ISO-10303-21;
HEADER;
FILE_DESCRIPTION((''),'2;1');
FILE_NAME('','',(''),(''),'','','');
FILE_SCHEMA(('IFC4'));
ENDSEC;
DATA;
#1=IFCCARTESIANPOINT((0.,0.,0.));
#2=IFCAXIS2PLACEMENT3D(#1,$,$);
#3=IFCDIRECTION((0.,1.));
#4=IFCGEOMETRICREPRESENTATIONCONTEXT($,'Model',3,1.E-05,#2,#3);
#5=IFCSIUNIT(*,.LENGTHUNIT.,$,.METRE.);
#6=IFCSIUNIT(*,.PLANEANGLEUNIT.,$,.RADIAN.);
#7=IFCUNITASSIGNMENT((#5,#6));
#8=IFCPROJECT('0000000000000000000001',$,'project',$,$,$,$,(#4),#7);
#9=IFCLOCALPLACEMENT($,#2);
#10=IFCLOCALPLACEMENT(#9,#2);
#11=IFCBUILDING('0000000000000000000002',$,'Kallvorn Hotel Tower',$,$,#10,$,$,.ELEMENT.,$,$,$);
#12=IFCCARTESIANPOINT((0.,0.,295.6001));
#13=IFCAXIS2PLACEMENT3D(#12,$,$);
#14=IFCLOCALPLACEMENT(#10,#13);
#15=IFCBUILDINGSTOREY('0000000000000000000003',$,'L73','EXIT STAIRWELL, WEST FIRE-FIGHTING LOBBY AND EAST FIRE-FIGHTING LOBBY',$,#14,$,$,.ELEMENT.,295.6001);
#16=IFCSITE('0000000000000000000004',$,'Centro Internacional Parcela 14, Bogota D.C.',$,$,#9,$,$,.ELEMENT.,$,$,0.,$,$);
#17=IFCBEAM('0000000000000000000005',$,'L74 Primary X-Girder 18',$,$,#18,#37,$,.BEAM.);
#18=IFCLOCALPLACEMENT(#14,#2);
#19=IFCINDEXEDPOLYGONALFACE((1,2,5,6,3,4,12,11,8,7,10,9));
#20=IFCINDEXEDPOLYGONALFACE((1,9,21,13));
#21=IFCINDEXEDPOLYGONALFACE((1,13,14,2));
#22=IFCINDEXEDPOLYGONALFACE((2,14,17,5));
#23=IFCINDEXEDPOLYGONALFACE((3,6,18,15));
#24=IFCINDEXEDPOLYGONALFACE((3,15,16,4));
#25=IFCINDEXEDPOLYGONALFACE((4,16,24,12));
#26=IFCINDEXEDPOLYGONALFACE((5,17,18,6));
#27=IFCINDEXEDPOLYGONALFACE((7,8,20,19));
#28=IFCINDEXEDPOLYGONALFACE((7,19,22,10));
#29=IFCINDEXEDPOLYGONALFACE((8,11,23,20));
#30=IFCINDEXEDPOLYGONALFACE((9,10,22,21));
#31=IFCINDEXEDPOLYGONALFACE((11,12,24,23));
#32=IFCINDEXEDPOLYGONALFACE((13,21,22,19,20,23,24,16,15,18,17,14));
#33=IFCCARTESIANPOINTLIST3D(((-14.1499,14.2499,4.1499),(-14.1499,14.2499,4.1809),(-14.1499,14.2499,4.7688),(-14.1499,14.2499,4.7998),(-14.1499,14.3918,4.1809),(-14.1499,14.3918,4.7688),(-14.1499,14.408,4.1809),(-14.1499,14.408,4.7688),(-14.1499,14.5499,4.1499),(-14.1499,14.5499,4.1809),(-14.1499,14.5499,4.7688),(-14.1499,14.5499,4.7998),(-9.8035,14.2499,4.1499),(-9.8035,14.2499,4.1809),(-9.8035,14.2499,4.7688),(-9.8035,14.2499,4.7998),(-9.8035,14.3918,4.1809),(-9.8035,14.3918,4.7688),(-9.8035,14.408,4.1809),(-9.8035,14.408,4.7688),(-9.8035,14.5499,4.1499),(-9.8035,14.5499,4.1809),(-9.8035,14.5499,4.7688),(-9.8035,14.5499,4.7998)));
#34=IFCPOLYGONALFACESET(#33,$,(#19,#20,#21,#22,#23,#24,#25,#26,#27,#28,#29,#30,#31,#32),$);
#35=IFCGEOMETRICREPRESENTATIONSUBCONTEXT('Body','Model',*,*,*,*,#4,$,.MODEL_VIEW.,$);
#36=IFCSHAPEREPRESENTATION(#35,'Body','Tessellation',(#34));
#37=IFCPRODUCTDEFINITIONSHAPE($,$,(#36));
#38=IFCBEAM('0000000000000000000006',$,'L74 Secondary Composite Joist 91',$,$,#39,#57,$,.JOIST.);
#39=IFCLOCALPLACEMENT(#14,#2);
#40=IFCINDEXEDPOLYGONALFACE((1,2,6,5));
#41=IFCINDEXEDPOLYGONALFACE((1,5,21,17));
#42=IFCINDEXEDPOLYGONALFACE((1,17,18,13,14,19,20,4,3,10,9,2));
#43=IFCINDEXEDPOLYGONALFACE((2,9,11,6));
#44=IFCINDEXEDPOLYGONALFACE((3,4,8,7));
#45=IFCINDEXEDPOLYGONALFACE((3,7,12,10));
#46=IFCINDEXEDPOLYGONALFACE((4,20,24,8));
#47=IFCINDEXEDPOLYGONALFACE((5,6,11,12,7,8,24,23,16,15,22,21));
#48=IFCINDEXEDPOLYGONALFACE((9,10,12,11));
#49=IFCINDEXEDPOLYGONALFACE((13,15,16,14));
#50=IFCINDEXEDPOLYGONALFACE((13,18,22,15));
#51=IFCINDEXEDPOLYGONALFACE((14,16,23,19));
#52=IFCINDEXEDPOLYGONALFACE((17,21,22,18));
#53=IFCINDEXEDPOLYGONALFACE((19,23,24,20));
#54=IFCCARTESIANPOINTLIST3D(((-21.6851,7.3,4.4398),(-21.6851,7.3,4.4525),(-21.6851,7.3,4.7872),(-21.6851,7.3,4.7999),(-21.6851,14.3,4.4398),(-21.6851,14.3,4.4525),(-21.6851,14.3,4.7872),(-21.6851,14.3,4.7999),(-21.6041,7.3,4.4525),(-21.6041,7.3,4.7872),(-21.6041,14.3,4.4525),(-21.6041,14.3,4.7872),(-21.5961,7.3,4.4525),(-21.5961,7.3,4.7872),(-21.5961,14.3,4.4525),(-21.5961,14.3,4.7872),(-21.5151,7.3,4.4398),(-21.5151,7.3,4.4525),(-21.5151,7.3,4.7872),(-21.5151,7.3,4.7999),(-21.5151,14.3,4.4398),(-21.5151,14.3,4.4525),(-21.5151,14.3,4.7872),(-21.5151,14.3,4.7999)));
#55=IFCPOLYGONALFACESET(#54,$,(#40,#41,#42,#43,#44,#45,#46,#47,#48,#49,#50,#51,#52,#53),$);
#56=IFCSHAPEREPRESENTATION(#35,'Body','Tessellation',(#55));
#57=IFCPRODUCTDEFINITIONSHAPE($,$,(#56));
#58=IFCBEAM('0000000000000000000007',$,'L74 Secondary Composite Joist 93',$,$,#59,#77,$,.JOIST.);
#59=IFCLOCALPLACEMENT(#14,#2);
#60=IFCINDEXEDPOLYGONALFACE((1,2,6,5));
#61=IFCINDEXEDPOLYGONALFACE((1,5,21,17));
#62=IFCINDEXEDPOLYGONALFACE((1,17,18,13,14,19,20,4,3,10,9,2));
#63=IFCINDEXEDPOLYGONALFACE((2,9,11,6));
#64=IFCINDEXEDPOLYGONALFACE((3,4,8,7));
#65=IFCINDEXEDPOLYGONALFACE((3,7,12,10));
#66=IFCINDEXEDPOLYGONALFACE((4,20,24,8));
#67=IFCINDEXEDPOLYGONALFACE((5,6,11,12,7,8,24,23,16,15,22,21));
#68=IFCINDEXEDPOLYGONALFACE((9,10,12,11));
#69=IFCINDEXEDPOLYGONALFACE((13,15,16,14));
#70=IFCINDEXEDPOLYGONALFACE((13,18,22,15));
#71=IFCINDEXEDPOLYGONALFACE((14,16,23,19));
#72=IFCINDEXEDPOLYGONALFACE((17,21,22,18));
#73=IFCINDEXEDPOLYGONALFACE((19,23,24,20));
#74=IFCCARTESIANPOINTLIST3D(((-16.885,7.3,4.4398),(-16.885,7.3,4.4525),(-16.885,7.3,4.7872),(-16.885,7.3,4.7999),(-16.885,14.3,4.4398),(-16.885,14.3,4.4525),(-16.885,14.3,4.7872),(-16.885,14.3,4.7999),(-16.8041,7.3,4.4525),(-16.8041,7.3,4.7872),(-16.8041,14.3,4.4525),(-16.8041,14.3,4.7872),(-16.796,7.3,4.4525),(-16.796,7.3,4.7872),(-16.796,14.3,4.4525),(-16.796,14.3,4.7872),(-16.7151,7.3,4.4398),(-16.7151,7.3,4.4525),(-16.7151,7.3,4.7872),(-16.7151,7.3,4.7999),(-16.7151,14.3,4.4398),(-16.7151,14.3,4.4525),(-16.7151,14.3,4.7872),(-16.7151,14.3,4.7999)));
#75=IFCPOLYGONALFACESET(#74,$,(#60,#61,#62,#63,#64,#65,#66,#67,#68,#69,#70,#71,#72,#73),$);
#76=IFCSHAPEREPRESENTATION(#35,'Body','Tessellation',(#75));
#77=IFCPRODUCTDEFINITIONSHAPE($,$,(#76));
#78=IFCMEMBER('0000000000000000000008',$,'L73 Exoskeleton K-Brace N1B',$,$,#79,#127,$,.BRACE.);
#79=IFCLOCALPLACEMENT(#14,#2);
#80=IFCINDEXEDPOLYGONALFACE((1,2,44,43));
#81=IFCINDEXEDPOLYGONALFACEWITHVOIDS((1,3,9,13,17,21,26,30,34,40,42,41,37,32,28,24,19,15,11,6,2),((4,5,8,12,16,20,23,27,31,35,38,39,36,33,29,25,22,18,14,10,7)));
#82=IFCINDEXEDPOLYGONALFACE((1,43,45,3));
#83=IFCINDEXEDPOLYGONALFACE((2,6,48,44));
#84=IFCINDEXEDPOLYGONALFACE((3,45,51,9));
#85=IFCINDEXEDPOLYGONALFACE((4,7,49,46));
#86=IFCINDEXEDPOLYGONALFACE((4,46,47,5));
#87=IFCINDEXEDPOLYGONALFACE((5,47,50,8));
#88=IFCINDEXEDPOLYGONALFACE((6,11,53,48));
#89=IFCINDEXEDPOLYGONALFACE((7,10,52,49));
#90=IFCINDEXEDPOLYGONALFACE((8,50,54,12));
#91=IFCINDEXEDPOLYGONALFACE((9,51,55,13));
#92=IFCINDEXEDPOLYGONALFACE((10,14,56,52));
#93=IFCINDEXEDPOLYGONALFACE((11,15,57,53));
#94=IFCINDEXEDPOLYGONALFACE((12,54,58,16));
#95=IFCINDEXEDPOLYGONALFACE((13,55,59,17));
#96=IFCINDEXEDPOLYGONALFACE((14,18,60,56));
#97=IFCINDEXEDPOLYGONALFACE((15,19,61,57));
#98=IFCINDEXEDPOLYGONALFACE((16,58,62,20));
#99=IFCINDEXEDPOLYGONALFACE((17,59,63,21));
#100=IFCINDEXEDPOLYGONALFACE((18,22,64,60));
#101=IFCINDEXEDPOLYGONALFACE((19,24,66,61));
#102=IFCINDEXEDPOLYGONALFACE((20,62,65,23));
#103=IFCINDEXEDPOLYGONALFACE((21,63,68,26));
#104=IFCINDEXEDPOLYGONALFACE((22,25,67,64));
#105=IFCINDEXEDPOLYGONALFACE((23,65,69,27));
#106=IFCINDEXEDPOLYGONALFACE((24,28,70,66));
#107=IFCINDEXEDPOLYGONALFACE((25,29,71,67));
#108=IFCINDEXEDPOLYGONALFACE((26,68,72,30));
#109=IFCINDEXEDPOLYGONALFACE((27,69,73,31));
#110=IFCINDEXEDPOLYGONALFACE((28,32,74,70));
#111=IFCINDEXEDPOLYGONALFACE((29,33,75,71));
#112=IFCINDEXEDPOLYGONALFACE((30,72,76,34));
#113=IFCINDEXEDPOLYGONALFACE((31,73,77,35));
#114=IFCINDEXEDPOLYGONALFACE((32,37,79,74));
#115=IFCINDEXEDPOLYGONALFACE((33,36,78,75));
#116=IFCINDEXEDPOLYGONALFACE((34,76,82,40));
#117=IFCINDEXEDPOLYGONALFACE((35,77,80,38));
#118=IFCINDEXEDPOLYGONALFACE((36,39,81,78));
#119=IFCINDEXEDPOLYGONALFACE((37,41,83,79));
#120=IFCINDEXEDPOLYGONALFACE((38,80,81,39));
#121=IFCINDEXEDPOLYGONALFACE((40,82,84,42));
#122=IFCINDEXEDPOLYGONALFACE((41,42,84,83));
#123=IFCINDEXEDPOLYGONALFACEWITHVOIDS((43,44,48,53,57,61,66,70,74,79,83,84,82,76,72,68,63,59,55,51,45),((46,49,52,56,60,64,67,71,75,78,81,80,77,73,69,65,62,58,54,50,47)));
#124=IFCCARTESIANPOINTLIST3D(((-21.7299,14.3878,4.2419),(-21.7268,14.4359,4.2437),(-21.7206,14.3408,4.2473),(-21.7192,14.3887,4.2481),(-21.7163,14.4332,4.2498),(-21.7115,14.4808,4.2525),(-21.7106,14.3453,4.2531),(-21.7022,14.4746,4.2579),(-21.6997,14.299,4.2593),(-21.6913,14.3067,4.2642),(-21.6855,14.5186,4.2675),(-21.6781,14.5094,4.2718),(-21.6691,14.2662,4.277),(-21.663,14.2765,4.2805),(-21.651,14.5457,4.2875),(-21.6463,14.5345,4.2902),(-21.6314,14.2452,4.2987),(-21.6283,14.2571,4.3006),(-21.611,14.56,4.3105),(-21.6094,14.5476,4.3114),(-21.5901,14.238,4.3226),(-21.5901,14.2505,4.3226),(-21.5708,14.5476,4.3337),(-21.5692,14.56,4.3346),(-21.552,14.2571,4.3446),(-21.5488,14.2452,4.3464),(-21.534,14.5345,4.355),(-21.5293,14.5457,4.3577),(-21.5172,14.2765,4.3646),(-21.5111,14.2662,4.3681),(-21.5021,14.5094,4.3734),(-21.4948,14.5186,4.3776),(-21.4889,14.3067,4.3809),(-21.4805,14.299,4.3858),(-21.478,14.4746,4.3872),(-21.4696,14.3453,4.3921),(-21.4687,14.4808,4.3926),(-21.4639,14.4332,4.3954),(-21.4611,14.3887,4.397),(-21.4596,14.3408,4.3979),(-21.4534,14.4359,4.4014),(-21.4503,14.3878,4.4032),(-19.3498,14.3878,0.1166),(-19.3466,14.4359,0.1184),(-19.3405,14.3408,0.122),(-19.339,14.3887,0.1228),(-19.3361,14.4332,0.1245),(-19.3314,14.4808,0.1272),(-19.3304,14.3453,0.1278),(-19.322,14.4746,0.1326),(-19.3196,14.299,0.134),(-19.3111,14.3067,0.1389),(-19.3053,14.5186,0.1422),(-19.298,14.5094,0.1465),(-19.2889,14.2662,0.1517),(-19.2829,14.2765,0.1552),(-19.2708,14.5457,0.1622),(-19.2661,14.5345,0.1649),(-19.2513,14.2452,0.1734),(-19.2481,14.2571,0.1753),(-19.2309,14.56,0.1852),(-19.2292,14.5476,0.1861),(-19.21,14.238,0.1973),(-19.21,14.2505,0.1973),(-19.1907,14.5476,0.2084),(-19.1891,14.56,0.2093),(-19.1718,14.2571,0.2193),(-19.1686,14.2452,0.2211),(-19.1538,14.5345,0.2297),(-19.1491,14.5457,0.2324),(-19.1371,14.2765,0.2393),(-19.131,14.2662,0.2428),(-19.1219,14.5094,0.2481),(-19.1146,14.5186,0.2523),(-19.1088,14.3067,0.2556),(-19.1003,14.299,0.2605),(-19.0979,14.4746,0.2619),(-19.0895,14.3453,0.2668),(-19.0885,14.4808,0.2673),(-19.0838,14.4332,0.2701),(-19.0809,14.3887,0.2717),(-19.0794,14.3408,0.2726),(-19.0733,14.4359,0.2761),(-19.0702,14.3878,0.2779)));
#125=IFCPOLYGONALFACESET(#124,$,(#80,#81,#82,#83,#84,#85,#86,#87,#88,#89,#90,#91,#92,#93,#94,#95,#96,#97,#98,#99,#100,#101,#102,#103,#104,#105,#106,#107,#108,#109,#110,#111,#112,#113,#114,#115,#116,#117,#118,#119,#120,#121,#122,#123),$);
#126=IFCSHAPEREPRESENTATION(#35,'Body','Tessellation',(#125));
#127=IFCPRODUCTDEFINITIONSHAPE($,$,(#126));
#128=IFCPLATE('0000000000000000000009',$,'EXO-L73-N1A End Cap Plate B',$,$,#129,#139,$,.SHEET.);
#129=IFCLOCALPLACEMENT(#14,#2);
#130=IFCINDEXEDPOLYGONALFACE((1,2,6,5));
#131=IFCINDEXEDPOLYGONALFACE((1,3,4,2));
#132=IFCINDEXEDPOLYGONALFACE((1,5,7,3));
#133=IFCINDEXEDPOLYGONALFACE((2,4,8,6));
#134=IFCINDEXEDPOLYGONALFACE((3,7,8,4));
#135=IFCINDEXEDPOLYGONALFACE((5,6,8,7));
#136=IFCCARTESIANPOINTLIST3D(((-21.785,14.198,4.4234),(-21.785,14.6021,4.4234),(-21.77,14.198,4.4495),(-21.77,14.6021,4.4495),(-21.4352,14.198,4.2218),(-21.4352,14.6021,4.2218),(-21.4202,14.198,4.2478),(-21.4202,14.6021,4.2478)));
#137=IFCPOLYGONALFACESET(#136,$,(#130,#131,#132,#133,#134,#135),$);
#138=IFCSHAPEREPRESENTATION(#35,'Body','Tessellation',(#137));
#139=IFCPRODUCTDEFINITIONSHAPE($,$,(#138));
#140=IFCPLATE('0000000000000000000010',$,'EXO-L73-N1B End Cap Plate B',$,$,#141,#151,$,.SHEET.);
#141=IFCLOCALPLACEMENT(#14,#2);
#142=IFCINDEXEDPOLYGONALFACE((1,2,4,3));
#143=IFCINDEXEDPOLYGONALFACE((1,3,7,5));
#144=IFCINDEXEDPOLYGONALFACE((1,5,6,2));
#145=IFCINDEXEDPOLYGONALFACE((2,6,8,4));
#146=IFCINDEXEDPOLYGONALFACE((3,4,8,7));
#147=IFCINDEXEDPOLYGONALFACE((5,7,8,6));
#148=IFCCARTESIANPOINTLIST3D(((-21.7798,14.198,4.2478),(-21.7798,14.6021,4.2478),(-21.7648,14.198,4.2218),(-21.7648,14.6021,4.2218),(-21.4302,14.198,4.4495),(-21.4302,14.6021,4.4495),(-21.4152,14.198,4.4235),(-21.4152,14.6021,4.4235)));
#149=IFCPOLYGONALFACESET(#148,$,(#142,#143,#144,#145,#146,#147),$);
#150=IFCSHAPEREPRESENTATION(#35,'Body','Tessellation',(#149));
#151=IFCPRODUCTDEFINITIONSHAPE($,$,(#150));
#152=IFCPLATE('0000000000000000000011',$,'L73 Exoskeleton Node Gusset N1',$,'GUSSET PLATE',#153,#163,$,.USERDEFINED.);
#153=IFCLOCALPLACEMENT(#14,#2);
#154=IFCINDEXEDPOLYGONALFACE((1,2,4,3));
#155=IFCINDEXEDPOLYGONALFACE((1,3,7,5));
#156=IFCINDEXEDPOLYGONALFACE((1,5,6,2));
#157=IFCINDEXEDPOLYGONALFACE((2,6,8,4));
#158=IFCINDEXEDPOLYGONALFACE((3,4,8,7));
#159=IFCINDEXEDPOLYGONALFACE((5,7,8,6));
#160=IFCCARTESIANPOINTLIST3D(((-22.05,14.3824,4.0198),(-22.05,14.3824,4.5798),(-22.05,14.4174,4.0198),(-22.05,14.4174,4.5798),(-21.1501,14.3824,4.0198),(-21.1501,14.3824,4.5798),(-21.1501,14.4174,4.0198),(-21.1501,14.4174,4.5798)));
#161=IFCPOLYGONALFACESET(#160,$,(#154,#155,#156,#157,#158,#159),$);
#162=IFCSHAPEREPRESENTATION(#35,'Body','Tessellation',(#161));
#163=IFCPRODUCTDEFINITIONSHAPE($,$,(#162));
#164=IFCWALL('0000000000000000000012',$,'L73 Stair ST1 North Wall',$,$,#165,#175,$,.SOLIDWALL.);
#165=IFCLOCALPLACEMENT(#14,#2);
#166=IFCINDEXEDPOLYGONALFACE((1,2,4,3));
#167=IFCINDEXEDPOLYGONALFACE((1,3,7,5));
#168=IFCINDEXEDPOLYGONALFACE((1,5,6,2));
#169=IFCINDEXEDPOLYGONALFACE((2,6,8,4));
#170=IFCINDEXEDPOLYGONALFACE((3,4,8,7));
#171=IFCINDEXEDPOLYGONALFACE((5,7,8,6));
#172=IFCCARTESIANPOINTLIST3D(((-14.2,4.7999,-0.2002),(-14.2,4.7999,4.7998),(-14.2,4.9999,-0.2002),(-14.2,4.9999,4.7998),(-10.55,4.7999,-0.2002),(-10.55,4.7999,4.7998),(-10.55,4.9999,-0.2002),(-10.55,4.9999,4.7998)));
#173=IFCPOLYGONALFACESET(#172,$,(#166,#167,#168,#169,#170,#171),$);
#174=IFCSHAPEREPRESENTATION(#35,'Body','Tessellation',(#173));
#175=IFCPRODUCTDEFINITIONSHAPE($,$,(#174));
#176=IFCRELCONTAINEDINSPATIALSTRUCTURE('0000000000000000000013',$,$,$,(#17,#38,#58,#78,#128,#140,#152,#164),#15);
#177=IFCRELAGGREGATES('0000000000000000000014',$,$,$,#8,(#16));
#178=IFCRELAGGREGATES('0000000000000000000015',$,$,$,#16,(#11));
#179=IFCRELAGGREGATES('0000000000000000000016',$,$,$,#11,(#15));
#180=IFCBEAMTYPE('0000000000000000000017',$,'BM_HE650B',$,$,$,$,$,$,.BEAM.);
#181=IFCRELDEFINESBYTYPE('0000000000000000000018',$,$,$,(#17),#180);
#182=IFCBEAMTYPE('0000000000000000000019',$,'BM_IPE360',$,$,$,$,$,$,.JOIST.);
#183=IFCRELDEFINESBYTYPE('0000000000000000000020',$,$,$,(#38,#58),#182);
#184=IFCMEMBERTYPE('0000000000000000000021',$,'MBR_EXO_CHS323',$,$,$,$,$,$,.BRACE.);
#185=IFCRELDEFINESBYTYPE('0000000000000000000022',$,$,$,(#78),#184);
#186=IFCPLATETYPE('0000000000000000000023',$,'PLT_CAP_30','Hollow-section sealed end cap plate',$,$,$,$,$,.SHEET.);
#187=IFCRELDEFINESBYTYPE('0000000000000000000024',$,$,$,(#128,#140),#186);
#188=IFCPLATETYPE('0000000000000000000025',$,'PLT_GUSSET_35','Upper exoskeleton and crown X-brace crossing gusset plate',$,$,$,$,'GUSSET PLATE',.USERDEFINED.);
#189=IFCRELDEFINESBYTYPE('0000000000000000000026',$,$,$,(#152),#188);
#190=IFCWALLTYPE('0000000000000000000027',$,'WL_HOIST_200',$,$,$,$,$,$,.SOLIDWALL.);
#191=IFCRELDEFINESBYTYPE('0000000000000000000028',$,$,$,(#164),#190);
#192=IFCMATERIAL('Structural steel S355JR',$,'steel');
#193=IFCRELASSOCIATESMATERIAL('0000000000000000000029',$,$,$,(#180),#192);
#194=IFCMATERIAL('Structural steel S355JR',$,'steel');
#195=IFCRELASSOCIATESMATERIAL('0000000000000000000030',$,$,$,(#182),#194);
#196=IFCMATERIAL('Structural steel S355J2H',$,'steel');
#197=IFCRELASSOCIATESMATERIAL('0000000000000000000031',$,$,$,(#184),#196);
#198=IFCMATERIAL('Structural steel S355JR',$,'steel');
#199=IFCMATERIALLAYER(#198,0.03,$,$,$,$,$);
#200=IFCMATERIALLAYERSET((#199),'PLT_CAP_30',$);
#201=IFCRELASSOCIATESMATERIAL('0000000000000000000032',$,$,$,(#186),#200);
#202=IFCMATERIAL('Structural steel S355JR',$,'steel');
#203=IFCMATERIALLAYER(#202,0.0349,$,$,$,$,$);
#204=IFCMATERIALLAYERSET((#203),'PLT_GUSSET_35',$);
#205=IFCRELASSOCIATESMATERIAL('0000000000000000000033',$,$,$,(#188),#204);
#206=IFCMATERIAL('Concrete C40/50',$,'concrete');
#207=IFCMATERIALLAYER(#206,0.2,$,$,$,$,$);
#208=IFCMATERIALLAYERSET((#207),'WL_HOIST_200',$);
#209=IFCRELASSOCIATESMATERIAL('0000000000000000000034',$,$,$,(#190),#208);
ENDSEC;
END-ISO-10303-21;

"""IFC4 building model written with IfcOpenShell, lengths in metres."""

from ifc_helpers import new_model, si_unit, direction, frame, frame_2d, origin, origin_2d, place, context, subcontext, project, spatial, polyline, rectangle, hollow_circle, i_section, outline, extrude, material, layer, layer_set, material_profile, profile_set, type_object, element, save


model = new_model("IFC4")

# Units and contexts
model_context = context("Model", 3, precision=1e-05, world=origin(), true_north=direction((0.0, 1.0)))
body_context = subcontext(model_context, "Body", "Model", "MODEL_VIEW")
ifc_project = project(units=[si_unit("LENGTHUNIT", "METRE"), si_unit("PLANEANGLEUNIT", "RADIAN")], contexts=[model_context])

# Site, building, storey
site_placement = place(None, origin())
site = spatial("IfcSite", under=ifc_project, at=site_placement, Name="Centro Internacional Parcela 14, Bogota D.C.", CompositionType="ELEMENT", RefElevation=0.0)
building_placement = place(site_placement, origin())
building = spatial("IfcBuilding", under=site, at=building_placement, Name="Kallvorn Hotel Tower", CompositionType="ELEMENT")
storey_placement = place(building_placement, frame((0.0, 0.0, 295.6001)))
storey = spatial("IfcBuildingStorey", under=building, at=storey_placement, Name="L73", Description="EXIT STAIRWELL, WEST FIRE-FIGHTING LOBBY AND EAST FIRE-FIGHTING LOBBY", CompositionType="ELEMENT", Elevation=295.6001)

# Beams
ifc_material_1 = material(Name="Structural steel S355JR", Category="steel")
ifc_material_profile_1 = material_profile(ifc_material_1, i_section(OverallWidth=0.3, OverallDepth=0.6499, WebThickness=0.0161, FlangeThickness=0.031, at=origin_2d()), Name="HE 650 B")
ifc_profile_set_1 = profile_set([ifc_material_profile_1], Name="Structural steel S355JR")
beam_type_1 = type_object("IfcBeamType", Name="BM_HE650B", PredefinedType="BEAM", material=ifc_profile_set_1)
beam_1_placement = place(storey_placement, frame((-14.1499, 14.3999, 4.4749), z_axis=(1.0, 0.0, 0.0), x_axis=(0.0, 1.0, 0.0)))
element("IfcBeam", 1, at=beam_1_placement, inside=storey, type_object=beam_type_1, Name="L74 Primary X-Girder 18", PredefinedType="BEAM", context=body_context, shape_type="SweptSolid", body=[
    extrude(i_section(OverallWidth=0.3, OverallDepth=0.6499, WebThickness=0.0161, FlangeThickness=0.031, at=origin_2d()), origin(), (0.0, 0.0, 1.0), 4.3464),
])
ifc_material_2 = material(Name="Structural steel S355JR", Category="steel")
ifc_material_profile_2 = material_profile(ifc_material_2, i_section(OverallWidth=0.1699, OverallDepth=0.3601, WebThickness=0.0081, FlangeThickness=0.0127, at=origin_2d()), Name="IPE 360")
ifc_profile_set_2 = profile_set([ifc_material_profile_2], Name="Structural steel S355JR")
beam_type_2 = type_object("IfcBeamType", Name="BM_IPE360", PredefinedType="JOIST", material=ifc_profile_set_2)
for number, where, z_axis, x_axis, name in (
    (2, (-21.6001, 7.3, 4.6199), (0.0, 1.0, 0.0), (-1.0, 0.0, 0.0), "L74 Secondary Composite Joist 91"),
    (3, (-16.8, 7.3, 4.6199), (0.0, 1.0, 0.0), (-1.0, 0.0, 0.0), "L74 Secondary Composite Joist 93"),
):
    element("IfcBeam", number, at=place(storey_placement, frame(where, z_axis=z_axis, x_axis=x_axis)), inside=storey, type_object=beam_type_2, Name=name, PredefinedType="JOIST", context=body_context, shape_type="SweptSolid", body=[
        extrude(i_section(OverallWidth=0.1699, OverallDepth=0.3601, WebThickness=0.0081, FlangeThickness=0.0127, at=origin_2d()), origin(), (0.0, 0.0, 1.0), 7.0),
    ])

# Member
ifc_material_3 = material(Name="Structural steel S355J2H", Category="steel")
ifc_material_profile_3 = material_profile(ifc_material_3, hollow_circle(Radius=0.1619, WallThickness=0.0125, at=origin_2d()), Name="CHS 323.9x12.5")
ifc_profile_set_3 = profile_set([ifc_material_profile_3], Name="Structural steel S355J2H")
member_type = type_object("IfcMemberType", Name="MBR_EXO_CHS323", PredefinedType="BRACE", material=ifc_profile_set_3)
member_placement = place(storey_placement, frame((-19.21, 14.3999, 0.1973), z_axis=(-0.499751, 0.0, 0.866169), x_axis=(0.0, -1.0, 0.0)))
element("IfcMember", 4, at=member_placement, inside=storey, type_object=member_type, Name="L73 Exoskeleton K-Brace N1B", PredefinedType="BRACE", context=body_context, shape_type="SweptSolid", body=[
    extrude(hollow_circle(Radius=0.1619, WallThickness=0.0125, at=origin_2d()), origin(), (0.0, 0.0, 1.0), 4.7627),
])

# Plates
ifc_material_4 = material(Name="Structural steel S355JR", Category="steel")
ifc_layer_1 = layer(ifc_material_4, 0.03)
ifc_layer_set_1 = layer_set([ifc_layer_1], Name="PLT_CAP_30")
plate_type_1 = type_object("IfcPlateType", Name="PLT_CAP_30", Description="Hollow-section sealed end cap plate", PredefinedType="SHEET", material=ifc_layer_set_1)
plate_1_placement = place(storey_placement, frame((-21.4202, 14.198, 4.2478), z_axis=(0.499391, 0.0, 0.866377), x_axis=(0.0, 1.0, 0.0)))
element("IfcPlate", 5, at=plate_1_placement, inside=storey, type_object=plate_type_1, Name="EXO-L73-N1A End Cap Plate B", PredefinedType="SHEET", context=body_context, shape_type="SweptSolid", body=[
    extrude(outline(polyline([(0.0, 0.0), (0.4041, 0.0), (0.4041, 0.4038), (0.0, 0.4038), (0.0, 0.0)])), origin(), (0.0, 0.0, -1.0), 0.03),
])
plate_2_placement = place(storey_placement, frame((-21.7798, 14.6021, 4.2478), z_axis=(-0.499653, 0.0, 0.866226), x_axis=(0.0, -1.0, 0.0)))
element("IfcPlate", 6, at=plate_2_placement, inside=storey, type_object=plate_type_1, Name="EXO-L73-N1B End Cap Plate B", PredefinedType="SHEET", context=body_context, shape_type="SweptSolid", body=[
    extrude(outline(polyline([(0.0, 0.0), (0.4041, 0.0), (0.4041, 0.4036), (0.0, 0.4036), (0.0, 0.0)])), origin(), (0.0, 0.0, -1.0), 0.03),
])
ifc_material_5 = material(Name="Structural steel S355JR", Category="steel")
ifc_layer_2 = layer(ifc_material_5, 0.0349)
ifc_layer_set_2 = layer_set([ifc_layer_2], Name="PLT_GUSSET_35")
plate_type_2 = type_object("IfcPlateType", Name="PLT_GUSSET_35", Description="Upper exoskeleton and crown X-brace crossing gusset plate", ElementType="GUSSET PLATE", PredefinedType="USERDEFINED", material=ifc_layer_set_2)
plate_3_placement = place(storey_placement, frame((-21.6001, 14.3999, 4.0198), z_axis=(0.0, 0.0, 1.0), x_axis=(1.0, 0.0, 0.0)))
element("IfcPlate", 7, at=plate_3_placement, inside=storey, type_object=plate_type_2, Name="L73 Exoskeleton Node Gusset N1", ObjectType="GUSSET PLATE", PredefinedType="USERDEFINED", context=body_context, shape_type="SweptSolid", body=[
    extrude(rectangle(XDim=0.8999, YDim=0.0349, at=origin_2d()), origin(), (0.0, 0.0, 1.0), 0.5601),
])

# Wall
ifc_material_6 = material(Name="Concrete C40/50", Category="concrete")
ifc_layer_3 = layer(ifc_material_6, 0.2)
ifc_layer_set_3 = layer_set([ifc_layer_3], Name="WL_HOIST_200")
wall_type_1 = type_object("IfcWallType", Name="WL_HOIST_200", PredefinedType="SOLIDWALL", material=ifc_layer_set_3)
wall_1_placement = place(storey_placement, frame((-14.2, 4.8999, -0.2002), z_axis=(0.0, 0.0, 1.0), x_axis=(1.0, 0.0, 0.0)))
element("IfcWall", 8, at=wall_1_placement, inside=storey, type_object=wall_type_1, Name="L73 Stair ST1 North Wall", PredefinedType="SOLIDWALL", context=body_context, shape_type="SweptSolid", body=[
    extrude(rectangle(XDim=3.6499, YDim=0.2, at=frame_2d((1.825, 0.0))), origin(), (0.0, 0.0, 1.0), 5.0),
])

save(model, "model.ifc")
